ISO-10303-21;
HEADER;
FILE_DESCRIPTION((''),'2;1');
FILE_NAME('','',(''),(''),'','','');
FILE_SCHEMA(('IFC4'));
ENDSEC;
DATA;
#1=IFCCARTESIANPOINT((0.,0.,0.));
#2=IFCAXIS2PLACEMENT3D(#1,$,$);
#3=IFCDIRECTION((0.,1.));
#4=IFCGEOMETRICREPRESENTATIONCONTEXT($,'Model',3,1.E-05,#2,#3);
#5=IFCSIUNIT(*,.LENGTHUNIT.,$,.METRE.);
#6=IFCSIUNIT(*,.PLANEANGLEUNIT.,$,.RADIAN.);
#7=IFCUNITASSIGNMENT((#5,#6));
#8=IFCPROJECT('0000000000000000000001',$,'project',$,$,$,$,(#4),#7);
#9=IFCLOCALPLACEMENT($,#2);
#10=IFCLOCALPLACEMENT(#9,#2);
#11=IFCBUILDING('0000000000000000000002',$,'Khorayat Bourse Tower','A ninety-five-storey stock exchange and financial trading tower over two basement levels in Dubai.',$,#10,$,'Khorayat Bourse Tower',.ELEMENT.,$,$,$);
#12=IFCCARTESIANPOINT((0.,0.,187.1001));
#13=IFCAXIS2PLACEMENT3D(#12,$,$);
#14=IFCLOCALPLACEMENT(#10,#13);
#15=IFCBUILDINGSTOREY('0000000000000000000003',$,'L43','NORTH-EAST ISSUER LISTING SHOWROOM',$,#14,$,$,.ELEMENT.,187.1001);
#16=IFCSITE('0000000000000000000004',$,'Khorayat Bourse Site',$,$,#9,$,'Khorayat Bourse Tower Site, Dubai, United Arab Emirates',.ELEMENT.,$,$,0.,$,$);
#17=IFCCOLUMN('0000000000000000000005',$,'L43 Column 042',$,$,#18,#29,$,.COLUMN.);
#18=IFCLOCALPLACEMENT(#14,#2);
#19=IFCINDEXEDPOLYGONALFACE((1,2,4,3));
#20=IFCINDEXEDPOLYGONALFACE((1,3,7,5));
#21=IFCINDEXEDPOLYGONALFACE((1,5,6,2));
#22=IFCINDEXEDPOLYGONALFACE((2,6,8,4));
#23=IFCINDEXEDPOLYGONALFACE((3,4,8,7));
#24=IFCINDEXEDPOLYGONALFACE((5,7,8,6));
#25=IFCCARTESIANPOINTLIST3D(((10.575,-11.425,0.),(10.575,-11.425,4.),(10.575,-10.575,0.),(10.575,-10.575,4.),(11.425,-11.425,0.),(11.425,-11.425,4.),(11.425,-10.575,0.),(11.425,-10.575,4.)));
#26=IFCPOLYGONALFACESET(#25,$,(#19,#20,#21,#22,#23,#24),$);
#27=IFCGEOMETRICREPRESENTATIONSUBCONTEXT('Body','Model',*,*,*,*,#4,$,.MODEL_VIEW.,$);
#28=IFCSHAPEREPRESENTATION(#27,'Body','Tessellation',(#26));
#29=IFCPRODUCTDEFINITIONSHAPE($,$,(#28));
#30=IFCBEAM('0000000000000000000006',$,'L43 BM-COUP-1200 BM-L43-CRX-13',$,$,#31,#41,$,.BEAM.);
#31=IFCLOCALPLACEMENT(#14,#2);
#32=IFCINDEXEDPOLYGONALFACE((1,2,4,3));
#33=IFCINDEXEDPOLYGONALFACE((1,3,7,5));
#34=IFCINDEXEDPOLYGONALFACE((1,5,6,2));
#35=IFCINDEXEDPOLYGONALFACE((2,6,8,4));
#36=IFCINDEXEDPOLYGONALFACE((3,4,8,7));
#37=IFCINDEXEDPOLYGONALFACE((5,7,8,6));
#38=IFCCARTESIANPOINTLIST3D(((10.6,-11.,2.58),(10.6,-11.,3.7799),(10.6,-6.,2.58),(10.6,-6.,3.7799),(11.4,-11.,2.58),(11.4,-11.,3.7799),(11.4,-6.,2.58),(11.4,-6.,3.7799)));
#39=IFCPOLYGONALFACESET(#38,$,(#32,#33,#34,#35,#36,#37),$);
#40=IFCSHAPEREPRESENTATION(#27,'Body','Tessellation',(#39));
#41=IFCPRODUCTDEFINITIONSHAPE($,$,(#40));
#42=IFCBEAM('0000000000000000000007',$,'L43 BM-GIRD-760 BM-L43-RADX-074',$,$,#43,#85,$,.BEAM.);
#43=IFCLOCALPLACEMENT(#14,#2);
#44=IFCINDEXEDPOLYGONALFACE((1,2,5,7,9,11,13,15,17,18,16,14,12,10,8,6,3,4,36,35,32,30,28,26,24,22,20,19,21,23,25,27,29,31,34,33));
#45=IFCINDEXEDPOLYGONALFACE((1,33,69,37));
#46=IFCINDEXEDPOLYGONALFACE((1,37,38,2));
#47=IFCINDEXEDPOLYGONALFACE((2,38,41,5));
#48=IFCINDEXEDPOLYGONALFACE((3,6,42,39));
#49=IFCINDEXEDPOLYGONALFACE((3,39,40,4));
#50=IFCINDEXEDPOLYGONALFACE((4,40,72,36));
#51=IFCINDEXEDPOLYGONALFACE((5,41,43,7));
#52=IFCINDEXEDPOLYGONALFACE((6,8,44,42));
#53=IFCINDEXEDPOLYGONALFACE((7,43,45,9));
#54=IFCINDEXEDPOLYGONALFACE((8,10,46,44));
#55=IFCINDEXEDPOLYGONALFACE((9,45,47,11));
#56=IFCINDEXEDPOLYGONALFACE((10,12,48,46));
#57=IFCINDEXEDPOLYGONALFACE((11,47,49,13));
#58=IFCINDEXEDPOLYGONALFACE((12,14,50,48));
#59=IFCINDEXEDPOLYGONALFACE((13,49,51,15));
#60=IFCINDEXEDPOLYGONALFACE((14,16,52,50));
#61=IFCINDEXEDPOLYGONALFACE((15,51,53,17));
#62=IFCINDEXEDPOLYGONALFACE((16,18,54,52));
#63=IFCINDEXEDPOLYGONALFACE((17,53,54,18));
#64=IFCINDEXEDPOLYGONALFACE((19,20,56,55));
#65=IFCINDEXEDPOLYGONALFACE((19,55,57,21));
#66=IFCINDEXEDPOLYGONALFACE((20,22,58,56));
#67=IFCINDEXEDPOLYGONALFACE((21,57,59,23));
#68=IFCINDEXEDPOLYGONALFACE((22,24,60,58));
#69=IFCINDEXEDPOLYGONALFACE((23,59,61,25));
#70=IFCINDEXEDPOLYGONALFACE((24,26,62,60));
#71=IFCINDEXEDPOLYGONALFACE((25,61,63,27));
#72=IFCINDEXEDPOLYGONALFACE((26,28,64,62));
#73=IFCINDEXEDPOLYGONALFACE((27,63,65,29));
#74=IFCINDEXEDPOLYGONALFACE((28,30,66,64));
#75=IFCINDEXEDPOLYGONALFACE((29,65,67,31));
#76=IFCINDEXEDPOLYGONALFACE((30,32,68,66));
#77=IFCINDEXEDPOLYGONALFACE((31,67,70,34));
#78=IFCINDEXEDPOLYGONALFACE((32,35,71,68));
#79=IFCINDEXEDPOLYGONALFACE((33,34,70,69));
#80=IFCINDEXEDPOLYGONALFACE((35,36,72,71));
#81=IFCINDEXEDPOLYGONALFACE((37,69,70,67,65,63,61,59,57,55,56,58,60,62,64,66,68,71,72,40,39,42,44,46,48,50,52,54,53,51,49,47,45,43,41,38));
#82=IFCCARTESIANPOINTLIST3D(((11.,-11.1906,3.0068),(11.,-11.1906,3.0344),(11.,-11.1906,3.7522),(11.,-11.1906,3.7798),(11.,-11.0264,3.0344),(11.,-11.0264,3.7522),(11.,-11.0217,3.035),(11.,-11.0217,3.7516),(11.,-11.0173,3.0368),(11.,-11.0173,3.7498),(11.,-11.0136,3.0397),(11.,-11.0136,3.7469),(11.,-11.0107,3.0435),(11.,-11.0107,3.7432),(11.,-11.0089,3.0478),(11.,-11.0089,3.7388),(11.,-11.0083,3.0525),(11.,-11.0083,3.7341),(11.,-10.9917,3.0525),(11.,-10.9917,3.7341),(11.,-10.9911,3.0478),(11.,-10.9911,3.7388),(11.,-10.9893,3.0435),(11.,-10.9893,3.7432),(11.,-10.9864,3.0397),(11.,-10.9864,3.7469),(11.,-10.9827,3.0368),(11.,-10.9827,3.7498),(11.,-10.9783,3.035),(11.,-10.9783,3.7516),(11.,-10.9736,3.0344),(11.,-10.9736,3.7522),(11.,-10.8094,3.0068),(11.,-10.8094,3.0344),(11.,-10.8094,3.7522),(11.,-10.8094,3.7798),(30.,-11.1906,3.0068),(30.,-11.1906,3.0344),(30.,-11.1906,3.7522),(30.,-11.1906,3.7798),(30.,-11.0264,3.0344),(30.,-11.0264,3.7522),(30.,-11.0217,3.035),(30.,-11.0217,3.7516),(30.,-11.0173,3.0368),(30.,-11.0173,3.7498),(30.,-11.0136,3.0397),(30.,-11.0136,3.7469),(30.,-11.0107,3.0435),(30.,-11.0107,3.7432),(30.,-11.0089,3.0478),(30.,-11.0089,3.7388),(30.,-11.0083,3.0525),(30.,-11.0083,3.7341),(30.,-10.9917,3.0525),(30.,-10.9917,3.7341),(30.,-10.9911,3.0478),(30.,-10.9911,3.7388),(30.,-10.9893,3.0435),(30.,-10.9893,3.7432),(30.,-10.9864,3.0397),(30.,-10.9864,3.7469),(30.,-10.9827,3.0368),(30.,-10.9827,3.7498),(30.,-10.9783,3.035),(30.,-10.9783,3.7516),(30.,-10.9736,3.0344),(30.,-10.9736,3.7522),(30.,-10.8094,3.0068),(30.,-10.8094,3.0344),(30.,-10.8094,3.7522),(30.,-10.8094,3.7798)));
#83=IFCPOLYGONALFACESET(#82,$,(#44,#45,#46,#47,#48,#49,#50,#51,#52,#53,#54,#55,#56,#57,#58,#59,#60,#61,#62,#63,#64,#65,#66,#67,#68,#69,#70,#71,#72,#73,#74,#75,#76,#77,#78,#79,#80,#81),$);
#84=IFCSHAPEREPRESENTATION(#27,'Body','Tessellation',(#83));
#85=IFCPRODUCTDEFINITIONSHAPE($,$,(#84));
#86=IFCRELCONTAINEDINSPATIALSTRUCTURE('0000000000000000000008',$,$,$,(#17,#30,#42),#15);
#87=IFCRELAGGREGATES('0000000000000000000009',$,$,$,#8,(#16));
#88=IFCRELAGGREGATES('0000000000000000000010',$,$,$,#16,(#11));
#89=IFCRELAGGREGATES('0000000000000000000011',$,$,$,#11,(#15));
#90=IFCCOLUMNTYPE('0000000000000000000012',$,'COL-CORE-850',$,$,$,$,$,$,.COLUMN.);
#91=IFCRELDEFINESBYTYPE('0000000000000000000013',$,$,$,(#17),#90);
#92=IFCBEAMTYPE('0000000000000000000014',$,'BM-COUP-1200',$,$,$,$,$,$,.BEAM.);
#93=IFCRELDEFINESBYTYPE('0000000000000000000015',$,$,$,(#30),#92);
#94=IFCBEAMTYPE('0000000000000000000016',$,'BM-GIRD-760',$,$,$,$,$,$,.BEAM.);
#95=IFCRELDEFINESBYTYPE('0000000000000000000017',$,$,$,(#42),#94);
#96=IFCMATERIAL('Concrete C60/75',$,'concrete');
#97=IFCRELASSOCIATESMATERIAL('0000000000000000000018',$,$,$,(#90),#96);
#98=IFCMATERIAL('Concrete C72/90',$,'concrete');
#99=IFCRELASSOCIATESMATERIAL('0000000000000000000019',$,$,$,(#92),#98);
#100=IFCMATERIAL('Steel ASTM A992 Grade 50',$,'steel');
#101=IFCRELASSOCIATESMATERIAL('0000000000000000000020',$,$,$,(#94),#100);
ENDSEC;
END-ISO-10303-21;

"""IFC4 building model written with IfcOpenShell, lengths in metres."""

from ifc_helpers import new_model, si_unit, direction, frame, origin, origin_2d, place, context, subcontext, project, spatial, rectangle, i_section, extrude, source, transform, mapped, material, material_profile, profile_set, type_object, element, save


model = new_model("IFC4")

# Units and contexts
model_context = context("Model", 3, precision=1e-05, world=origin(), true_north=direction((0.0, 1.0)))
body_context = subcontext(model_context, "Body", "Model", "MODEL_VIEW")
ifc_project = project(units=[si_unit("LENGTHUNIT", "METRE"), si_unit("PLANEANGLEUNIT", "RADIAN")], contexts=[model_context])

# Site, building, storey
site_placement = place(None, origin())
site = spatial("IfcSite", under=ifc_project, at=site_placement, Name="Khorayat Bourse Site", LongName="Khorayat Bourse Tower Site, Dubai, United Arab Emirates", CompositionType="ELEMENT", RefElevation=0.0)
building_placement = place(site_placement, origin())
building = spatial("IfcBuilding", under=site, at=building_placement, Name="Khorayat Bourse Tower", Description="A ninety-five-storey stock exchange and financial trading tower over two basement levels in Dubai.", LongName="Khorayat Bourse Tower", CompositionType="ELEMENT")
storey_placement = place(building_placement, frame((0.0, 0.0, 187.1001)))
storey = spatial("IfcBuildingStorey", under=building, at=storey_placement, Name="L43", Description="NORTH-EAST ISSUER LISTING SHOWROOM", CompositionType="ELEMENT", Elevation=187.1001)

# Column
ifc_material_1 = material(Name="Concrete C60/75", Category="concrete")
ifc_material_profile_1 = material_profile(ifc_material_1, rectangle(XDim=0.8501, YDim=0.8501, at=origin_2d()), Name="RC 850x850")
ifc_profile_set_1 = profile_set([ifc_material_profile_1], Name="Concrete C60/75")
column_type = type_object("IfcColumnType", Name="COL-CORE-850", PredefinedType="COLUMN", material=ifc_profile_set_1)
shared_shape_1 = source(origin(), body_context, "Body", "SweptSolid", [
    extrude(rectangle(XDim=0.8501, YDim=0.8501, at=origin_2d()), origin(), (0.0, 0.0, 1.0), 4.0),
])
column_placement = place(storey_placement, frame((11.0, -11.0, 0.0), z_axis=(0.0, 0.0, 1.0), x_axis=(1.0, 0.0, 0.0)))
element("IfcColumn", 1, at=column_placement, inside=storey, type_object=column_type, Name="L43 Column 042", PredefinedType="COLUMN", context=body_context, shape_type="MappedRepresentation", body=[
    mapped(shared_shape_1, transform((0.0, 0.0, 0.0), scale=1.0)),
])

# Beams
ifc_material_2 = material(Name="Concrete C72/90", Category="concrete")
ifc_material_profile_2 = material_profile(ifc_material_2, rectangle(XDim=0.8, YDim=1.2, at=origin_2d()), Name="RC 800x1200")
ifc_profile_set_2 = profile_set([ifc_material_profile_2], Name="Concrete C72/90")
beam_type_1 = type_object("IfcBeamType", Name="BM-COUP-1200", PredefinedType="BEAM", material=ifc_profile_set_2)
shared_shape_2 = source(origin(), body_context, "Body", "SweptSolid", [
    extrude(rectangle(XDim=0.8, YDim=1.2, at=origin_2d()), origin(), (0.0, 0.0, 1.0), 5.0),
])
beam_1_placement = place(storey_placement, frame((11.0, -11.0, 3.1799), z_axis=(0.0, 1.0, 0.0), x_axis=(-1.0, 0.0, 0.0)))
element("IfcBeam", 2, at=beam_1_placement, inside=storey, type_object=beam_type_1, Name="L43 BM-COUP-1200 BM-L43-CRX-13", PredefinedType="BEAM", context=body_context, shape_type="MappedRepresentation", body=[
    mapped(shared_shape_2, transform((0.0, 0.0, 0.0), scale=1.0)),
])
ifc_material_3 = material(Name="Steel ASTM A992 Grade 50", Category="steel")
ifc_material_profile_3 = material_profile(ifc_material_3, i_section(OverallWidth=0.3811, OverallDepth=0.7729, WebThickness=0.0166, FlangeThickness=0.0276, FilletRadius=0.0181, at=origin_2d()), Name="W760X257")
ifc_profile_set_3 = profile_set([ifc_material_profile_3], Name="Steel ASTM A992 Grade 50")
beam_type_2 = type_object("IfcBeamType", Name="BM-GIRD-760", PredefinedType="BEAM", material=ifc_profile_set_3)
shared_shape_3 = source(origin(), body_context, "Body", "SweptSolid", [
    extrude(i_section(OverallWidth=0.3811, OverallDepth=0.7729, WebThickness=0.0166, FlangeThickness=0.0276, FilletRadius=0.0181, at=origin_2d()), origin(), (0.0, 0.0, 1.0), 19.0),
])
beam_2_placement = place(storey_placement, frame((11.0, -11.0, 3.3933), z_axis=(1.0, 0.0, 0.0), x_axis=(0.0, 1.0, 0.0)))
element("IfcBeam", 3, at=beam_2_placement, inside=storey, type_object=beam_type_2, Name="L43 BM-GIRD-760 BM-L43-RADX-074", PredefinedType="BEAM", context=body_context, shape_type="MappedRepresentation", body=[
    mapped(shared_shape_3, transform((0.0, 0.0, 0.0), scale=1.0)),
])

save(model, "model.ifc")
